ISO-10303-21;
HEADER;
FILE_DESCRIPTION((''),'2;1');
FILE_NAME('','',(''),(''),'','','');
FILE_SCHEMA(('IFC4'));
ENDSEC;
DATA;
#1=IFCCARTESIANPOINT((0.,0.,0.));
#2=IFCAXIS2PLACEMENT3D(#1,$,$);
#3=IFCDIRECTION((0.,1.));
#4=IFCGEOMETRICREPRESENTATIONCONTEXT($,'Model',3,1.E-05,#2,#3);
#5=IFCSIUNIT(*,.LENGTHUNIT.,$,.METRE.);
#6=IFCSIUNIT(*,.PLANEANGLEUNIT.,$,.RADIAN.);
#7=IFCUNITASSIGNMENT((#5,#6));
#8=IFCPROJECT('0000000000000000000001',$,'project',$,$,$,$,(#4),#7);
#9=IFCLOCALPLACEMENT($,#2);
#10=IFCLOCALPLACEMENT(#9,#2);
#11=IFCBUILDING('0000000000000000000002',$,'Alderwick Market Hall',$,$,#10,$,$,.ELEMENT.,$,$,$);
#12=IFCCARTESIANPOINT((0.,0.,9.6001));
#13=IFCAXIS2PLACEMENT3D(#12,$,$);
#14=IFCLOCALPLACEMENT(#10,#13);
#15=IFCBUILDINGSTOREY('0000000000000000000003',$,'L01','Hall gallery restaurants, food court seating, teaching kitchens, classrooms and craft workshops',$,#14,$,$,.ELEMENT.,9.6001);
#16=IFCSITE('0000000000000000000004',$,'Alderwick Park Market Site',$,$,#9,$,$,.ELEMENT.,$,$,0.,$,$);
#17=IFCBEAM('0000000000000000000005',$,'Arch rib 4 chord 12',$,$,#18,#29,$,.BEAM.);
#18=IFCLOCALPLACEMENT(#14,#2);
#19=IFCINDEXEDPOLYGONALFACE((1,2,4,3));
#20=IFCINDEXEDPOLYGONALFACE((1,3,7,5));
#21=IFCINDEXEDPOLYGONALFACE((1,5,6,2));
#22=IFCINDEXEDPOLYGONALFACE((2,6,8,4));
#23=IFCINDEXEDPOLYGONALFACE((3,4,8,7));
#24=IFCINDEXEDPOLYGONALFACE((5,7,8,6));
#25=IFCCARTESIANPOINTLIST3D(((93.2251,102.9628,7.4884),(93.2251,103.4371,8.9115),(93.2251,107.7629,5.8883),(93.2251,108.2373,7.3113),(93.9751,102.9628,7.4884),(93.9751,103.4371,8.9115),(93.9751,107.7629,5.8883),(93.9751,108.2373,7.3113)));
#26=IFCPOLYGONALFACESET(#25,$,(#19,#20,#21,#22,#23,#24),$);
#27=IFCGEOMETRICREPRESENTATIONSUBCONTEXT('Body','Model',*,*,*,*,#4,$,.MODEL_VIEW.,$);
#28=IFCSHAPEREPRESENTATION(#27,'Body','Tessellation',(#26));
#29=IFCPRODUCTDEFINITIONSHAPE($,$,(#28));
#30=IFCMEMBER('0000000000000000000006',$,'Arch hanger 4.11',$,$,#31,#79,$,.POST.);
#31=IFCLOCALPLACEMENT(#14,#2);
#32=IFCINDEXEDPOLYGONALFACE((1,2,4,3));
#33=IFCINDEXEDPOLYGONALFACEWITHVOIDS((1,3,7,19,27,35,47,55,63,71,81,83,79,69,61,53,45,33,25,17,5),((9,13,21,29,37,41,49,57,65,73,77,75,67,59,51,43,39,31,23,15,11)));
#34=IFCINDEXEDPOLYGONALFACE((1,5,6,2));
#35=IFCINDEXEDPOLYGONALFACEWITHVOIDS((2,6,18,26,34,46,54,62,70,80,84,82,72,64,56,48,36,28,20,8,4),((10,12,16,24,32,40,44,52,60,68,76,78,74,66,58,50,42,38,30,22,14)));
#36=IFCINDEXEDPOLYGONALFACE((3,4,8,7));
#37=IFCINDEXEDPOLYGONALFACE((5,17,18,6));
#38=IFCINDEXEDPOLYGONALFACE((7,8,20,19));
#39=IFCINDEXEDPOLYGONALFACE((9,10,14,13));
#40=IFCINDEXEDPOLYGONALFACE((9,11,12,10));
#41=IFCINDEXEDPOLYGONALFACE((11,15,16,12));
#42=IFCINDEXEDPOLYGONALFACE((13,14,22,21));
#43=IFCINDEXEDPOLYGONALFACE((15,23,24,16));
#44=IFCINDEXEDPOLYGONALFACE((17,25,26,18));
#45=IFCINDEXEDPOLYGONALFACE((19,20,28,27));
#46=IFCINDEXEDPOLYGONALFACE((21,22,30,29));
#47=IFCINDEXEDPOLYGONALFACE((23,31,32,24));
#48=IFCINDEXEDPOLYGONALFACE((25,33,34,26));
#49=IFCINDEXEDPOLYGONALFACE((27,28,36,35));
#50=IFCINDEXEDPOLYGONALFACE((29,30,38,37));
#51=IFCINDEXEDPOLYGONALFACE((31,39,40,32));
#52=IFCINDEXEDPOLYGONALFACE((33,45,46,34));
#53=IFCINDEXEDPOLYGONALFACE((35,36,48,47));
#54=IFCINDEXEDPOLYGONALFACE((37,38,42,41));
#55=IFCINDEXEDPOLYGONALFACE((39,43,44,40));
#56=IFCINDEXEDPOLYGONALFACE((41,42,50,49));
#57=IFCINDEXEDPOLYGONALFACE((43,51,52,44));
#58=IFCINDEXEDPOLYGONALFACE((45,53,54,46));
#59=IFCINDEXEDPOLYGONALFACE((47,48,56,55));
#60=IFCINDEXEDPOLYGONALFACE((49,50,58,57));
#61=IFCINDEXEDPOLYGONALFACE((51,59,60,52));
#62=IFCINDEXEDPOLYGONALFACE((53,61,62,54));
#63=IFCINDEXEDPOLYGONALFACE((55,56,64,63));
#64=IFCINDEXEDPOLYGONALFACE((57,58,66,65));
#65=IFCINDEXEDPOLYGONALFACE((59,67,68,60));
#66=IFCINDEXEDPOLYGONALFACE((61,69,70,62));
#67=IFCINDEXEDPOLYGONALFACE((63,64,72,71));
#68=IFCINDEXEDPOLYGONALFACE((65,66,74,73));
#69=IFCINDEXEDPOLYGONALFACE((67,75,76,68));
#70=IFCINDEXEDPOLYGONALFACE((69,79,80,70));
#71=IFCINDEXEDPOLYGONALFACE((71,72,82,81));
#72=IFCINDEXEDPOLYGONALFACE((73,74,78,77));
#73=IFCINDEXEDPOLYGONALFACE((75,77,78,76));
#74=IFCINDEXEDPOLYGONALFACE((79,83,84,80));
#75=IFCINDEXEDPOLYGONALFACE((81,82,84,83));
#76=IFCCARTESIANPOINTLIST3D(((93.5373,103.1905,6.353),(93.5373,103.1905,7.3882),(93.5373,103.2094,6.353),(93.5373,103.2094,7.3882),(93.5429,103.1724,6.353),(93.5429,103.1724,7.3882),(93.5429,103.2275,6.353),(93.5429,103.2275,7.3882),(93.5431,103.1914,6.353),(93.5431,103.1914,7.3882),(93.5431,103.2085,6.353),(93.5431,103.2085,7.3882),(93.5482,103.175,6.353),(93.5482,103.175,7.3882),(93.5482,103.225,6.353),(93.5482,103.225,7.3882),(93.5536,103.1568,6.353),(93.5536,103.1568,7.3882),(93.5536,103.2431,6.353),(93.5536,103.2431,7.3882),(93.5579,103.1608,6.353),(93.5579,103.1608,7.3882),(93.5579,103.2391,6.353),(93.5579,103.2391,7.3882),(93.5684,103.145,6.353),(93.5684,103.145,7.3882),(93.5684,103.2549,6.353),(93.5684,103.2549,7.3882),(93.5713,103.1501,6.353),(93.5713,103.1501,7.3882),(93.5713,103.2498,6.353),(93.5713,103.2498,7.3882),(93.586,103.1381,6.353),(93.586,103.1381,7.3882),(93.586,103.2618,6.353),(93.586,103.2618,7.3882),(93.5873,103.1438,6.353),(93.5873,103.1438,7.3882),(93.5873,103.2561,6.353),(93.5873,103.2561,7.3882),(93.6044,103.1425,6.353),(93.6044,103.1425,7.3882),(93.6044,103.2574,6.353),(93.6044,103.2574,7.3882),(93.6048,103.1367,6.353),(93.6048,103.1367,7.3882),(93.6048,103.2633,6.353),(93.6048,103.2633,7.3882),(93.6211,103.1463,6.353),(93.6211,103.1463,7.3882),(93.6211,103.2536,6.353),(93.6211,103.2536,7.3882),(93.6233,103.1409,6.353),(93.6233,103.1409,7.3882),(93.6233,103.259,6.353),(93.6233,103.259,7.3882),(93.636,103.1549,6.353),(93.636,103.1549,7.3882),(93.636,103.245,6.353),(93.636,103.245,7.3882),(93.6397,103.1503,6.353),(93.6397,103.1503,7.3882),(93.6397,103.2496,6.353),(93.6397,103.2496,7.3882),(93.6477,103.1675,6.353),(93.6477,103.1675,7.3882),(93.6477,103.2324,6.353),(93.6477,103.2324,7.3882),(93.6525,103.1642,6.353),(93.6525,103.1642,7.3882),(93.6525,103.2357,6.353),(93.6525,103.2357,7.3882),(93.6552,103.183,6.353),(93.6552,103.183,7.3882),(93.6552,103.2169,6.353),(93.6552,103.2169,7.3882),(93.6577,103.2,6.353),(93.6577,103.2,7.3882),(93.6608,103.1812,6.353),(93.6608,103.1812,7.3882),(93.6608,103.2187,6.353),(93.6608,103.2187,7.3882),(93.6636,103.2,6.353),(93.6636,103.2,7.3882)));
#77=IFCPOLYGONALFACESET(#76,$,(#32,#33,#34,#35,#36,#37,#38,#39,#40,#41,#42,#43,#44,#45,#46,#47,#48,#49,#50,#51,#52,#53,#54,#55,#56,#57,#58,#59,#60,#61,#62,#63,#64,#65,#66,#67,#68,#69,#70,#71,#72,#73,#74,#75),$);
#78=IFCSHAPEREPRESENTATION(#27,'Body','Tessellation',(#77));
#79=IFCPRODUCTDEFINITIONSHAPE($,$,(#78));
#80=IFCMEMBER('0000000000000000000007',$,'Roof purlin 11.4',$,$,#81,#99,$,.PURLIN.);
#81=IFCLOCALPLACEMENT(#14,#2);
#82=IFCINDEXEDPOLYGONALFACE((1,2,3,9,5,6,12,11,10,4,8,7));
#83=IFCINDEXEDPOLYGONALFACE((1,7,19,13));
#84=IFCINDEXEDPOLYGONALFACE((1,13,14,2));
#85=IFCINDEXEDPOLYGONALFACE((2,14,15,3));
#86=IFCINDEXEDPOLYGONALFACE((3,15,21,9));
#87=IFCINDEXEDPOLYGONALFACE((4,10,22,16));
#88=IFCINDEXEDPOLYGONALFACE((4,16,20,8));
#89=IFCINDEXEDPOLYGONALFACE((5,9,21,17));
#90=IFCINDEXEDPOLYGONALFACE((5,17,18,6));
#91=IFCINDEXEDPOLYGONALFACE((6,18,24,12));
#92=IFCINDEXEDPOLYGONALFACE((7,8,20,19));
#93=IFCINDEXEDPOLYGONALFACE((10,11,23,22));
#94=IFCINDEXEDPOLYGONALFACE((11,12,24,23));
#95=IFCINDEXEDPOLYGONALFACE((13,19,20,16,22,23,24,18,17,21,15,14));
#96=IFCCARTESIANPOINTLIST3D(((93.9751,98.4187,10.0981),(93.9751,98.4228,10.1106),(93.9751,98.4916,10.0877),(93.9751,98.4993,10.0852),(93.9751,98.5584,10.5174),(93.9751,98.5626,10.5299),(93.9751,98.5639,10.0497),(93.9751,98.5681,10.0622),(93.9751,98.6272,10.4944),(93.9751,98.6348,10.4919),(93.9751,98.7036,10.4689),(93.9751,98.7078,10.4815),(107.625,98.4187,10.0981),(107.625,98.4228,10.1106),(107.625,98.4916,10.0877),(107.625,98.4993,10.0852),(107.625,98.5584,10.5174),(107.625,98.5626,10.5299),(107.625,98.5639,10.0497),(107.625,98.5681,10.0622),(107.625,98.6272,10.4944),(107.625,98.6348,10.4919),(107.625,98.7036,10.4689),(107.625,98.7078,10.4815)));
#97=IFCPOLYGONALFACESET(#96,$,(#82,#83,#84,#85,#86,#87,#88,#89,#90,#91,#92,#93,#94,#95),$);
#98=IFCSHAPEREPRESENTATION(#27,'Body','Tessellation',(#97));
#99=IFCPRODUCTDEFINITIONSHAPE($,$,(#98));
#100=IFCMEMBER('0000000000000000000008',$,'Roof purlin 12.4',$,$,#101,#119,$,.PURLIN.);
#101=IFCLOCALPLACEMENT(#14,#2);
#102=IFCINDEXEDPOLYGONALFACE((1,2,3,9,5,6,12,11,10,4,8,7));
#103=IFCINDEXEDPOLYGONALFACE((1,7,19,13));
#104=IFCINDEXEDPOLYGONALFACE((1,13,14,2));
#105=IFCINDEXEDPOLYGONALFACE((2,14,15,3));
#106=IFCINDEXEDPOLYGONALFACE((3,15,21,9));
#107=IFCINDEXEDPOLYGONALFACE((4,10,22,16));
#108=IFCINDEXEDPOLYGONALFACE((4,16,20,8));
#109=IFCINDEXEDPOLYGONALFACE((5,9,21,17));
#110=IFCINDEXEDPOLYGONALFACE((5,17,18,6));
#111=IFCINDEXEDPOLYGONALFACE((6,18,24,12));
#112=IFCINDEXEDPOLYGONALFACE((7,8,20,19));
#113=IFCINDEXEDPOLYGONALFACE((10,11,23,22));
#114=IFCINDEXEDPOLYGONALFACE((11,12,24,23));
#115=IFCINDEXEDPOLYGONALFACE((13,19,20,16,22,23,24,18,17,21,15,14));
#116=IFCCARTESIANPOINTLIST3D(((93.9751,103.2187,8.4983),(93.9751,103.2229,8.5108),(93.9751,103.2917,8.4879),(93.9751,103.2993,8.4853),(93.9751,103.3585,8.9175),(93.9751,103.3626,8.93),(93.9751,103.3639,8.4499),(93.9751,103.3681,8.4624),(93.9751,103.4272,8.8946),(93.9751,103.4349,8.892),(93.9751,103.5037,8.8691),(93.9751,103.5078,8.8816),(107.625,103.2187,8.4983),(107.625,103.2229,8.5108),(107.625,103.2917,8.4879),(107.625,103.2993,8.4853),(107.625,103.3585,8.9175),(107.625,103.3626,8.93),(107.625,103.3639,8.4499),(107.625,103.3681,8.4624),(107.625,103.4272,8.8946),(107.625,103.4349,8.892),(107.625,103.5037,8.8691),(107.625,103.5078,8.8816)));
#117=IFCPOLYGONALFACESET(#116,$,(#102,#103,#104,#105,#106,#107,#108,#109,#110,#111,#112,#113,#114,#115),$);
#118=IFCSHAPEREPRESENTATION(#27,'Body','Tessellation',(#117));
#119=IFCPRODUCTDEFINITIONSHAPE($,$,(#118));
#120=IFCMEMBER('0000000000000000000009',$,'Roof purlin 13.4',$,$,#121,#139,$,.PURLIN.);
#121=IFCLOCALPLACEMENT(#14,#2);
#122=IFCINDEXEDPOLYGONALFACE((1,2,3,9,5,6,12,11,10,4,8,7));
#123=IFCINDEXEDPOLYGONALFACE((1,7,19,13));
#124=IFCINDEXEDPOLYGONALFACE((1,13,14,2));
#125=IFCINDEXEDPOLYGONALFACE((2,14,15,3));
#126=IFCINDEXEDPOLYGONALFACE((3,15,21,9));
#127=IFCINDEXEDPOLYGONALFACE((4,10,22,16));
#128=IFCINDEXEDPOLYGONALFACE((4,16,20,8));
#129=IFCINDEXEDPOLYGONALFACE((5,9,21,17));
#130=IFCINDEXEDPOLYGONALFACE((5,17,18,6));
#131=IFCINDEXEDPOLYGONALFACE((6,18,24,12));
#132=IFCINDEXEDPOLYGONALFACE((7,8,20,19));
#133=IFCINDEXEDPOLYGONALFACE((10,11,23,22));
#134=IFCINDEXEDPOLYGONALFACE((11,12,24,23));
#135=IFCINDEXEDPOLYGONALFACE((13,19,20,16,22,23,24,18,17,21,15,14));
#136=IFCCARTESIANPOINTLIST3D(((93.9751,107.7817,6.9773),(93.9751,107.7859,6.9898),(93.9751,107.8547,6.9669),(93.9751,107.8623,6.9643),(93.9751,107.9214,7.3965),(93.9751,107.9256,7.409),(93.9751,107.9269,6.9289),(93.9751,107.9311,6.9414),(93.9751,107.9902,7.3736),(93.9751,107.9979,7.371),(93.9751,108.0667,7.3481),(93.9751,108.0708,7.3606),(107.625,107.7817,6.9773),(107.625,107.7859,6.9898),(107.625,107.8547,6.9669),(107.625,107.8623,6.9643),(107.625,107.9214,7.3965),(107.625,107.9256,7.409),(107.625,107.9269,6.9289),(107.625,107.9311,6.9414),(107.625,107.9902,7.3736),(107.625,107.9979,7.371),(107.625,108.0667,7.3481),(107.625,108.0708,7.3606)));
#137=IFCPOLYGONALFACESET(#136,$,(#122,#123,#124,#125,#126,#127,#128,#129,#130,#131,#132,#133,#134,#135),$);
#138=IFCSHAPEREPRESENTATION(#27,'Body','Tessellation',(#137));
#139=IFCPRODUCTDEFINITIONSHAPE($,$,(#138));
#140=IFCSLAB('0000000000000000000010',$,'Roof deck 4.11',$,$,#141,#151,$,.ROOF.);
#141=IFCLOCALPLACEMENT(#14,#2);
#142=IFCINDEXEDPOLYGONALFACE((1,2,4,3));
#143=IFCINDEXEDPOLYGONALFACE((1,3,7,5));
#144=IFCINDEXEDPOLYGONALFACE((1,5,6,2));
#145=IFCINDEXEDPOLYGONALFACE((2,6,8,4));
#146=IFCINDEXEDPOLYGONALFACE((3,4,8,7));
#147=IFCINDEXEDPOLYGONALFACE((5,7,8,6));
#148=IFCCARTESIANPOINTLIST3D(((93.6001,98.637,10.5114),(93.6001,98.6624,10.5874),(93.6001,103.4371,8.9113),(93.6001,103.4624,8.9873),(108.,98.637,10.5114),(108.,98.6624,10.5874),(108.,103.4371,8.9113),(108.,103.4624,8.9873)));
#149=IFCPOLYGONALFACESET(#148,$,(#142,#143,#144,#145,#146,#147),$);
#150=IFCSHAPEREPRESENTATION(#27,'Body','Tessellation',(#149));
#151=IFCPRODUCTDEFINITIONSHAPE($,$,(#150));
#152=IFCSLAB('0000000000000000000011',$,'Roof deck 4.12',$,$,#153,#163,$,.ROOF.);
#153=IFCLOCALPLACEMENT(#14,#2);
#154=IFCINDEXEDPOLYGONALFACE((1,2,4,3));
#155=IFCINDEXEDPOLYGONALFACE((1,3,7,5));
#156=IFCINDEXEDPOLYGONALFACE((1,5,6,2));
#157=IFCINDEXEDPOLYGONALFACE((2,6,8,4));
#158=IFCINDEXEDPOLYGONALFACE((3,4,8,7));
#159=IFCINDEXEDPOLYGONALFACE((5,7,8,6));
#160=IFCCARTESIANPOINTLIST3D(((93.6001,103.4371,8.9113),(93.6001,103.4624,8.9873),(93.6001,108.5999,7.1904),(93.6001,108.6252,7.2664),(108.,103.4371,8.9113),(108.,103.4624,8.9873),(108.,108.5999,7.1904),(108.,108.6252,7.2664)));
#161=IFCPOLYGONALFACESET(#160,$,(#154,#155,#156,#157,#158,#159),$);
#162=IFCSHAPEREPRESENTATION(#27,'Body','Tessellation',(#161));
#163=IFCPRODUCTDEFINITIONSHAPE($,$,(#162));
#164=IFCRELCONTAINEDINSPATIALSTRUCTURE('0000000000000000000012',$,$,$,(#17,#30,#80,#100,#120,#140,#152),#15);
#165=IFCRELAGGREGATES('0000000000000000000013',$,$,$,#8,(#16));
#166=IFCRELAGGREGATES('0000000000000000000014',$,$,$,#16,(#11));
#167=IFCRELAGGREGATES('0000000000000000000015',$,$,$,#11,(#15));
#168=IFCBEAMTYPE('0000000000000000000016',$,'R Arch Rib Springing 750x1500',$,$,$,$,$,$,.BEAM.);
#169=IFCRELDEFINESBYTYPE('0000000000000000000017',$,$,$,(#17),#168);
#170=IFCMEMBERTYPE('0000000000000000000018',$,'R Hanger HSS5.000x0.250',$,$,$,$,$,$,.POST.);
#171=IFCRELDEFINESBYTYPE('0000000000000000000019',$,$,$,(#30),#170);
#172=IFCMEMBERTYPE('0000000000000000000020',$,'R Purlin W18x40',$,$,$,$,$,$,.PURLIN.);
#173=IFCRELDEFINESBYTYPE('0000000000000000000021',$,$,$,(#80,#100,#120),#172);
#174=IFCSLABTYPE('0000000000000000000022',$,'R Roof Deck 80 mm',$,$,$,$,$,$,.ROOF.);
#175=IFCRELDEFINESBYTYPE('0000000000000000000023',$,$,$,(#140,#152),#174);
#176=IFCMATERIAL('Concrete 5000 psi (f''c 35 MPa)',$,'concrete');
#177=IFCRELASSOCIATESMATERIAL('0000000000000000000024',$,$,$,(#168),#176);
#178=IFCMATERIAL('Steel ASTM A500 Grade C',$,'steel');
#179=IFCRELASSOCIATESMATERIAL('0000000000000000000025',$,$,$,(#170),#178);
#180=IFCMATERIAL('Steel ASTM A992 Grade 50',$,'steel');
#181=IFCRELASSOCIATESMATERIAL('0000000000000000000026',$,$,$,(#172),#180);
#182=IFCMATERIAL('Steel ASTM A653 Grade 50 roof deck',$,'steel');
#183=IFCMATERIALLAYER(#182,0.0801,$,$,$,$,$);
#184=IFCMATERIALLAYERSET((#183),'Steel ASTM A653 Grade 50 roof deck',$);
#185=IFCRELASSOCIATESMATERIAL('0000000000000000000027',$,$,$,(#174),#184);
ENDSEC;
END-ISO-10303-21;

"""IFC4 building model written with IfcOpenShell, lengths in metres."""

from ifc_helpers import new_model, si_unit, direction, frame, origin, origin_2d, place, context, subcontext, project, spatial, polyline, rectangle, hollow_circle, i_section, outline, extrude, material, layer, layer_set, material_profile, profile_set, type_object, element, save


model = new_model("IFC4")

# Units and contexts
model_context = context("Model", 3, precision=1e-05, world=origin(), true_north=direction((0.0, 1.0)))
body_context = subcontext(model_context, "Body", "Model", "MODEL_VIEW")
ifc_project = project(units=[si_unit("LENGTHUNIT", "METRE"), si_unit("PLANEANGLEUNIT", "RADIAN")], contexts=[model_context])

# Site, building, storey
site_placement = place(None, origin())
site = spatial("IfcSite", under=ifc_project, at=site_placement, Name="Alderwick Park Market Site", CompositionType="ELEMENT", RefElevation=0.0)
building_placement = place(site_placement, origin())
building = spatial("IfcBuilding", under=site, at=building_placement, Name="Alderwick Market Hall", CompositionType="ELEMENT")
storey_placement = place(building_placement, frame((0.0, 0.0, 9.6001)))
storey = spatial("IfcBuildingStorey", under=building, at=storey_placement, Name="L01", Description="Hall gallery restaurants, food court seating, teaching kitchens, classrooms and craft workshops", CompositionType="ELEMENT", Elevation=9.6001)

# Beam
ifc_material_1 = material(Name="Concrete 5000 psi (f'c 35 MPa)", Category="concrete")
ifc_material_profile_1 = material_profile(ifc_material_1, rectangle(XDim=0.75, YDim=1.5, at=origin_2d()), Name="RC 750x1500")
ifc_profile_set_1 = profile_set([ifc_material_profile_1], Name="Concrete 5000 psi (f'c 35 MPa)")
beam_type = type_object("IfcBeamType", Name="R Arch Rib Springing 750x1500", PredefinedType="BEAM", material=ifc_profile_set_1)
beam_placement = place(storey_placement, frame((93.6001, 103.2, 8.2), z_axis=(0.0, 0.948678, -0.316242), x_axis=(-1.0, 0.0, 0.0)))
element("IfcBeam", 1, at=beam_placement, inside=storey, type_object=beam_type, Name="Arch rib 4 chord 12", PredefinedType="BEAM", context=body_context, shape_type="SweptSolid", body=[
    extrude(rectangle(XDim=0.75, YDim=1.5, at=origin_2d()), origin(), (0.0, 0.0, 1.0), 5.0598),
])

# Members
ifc_material_2 = material(Name="Steel ASTM A500 Grade C", Category="steel")
ifc_material_profile_2 = material_profile(ifc_material_2, hollow_circle(Radius=0.0635, WallThickness=0.0059, at=origin_2d()), Name="HSS5.000x0.250")
ifc_profile_set_2 = profile_set([ifc_material_profile_2], Name="Steel ASTM A500 Grade C")
member_type_1 = type_object("IfcMemberType", Name="R Hanger HSS5.000x0.250", PredefinedType="POST", material=ifc_profile_set_2)
member_placement = place(storey_placement, frame((93.6001, 103.2, 6.353), z_axis=(0.0, 0.0, 1.0), x_axis=(1.0, 0.0, 0.0)))
element("IfcMember", 2, at=member_placement, inside=storey, type_object=member_type_1, Name="Arch hanger 4.11", PredefinedType="POST", context=body_context, shape_type="SweptSolid", body=[
    extrude(hollow_circle(Radius=0.0635, WallThickness=0.0059, at=origin_2d()), origin(), (0.0, 0.0, 1.0), 1.0352),
])
ifc_material_3 = material(Name="Steel ASTM A992 Grade 50", Category="steel")
ifc_material_profile_3 = material_profile(ifc_material_3, i_section(OverallWidth=0.1531, OverallDepth=0.4551, WebThickness=0.0081, FlangeThickness=0.0132, at=origin_2d()), Name="W18x40")
ifc_profile_set_3 = profile_set([ifc_material_profile_3], Name="Steel ASTM A992 Grade 50")
member_type_2 = type_object("IfcMemberType", Name="R Purlin W18x40", PredefinedType="PURLIN", material=ifc_profile_set_3)
for number, where, z_axis, x_axis, name in (
    (3, (93.9751, 98.5632, 10.2898), (1.0, 0.0, 0.0), (0.0, 0.948683, -0.316228), "Roof purlin 11.4"),
    (4, (93.9751, 103.3633, 8.6899), (1.0, 0.0, 0.0), (0.0, 0.948683, -0.316228), "Roof purlin 12.4"),
    (5, (93.9751, 107.9263, 7.1689), (1.0, 0.0, 0.0), (0.0, 0.948683, -0.316228), "Roof purlin 13.4"),
):
    element("IfcMember", number, at=place(storey_placement, frame(where, z_axis=z_axis, x_axis=x_axis)), inside=storey, type_object=member_type_2, Name=name, PredefinedType="PURLIN", context=body_context, shape_type="SweptSolid", body=[
        extrude(i_section(OverallWidth=0.1531, OverallDepth=0.4551, WebThickness=0.0081, FlangeThickness=0.0132, at=origin_2d()), origin(), (0.0, 0.0, 1.0), 13.6499),
    ])

# Slabs
ifc_material_4 = material(Name="Steel ASTM A653 Grade 50 roof deck", Category="steel")
ifc_layer_1 = layer(ifc_material_4, 0.0801)
ifc_layer_set_1 = layer_set([ifc_layer_1], Name="Steel ASTM A653 Grade 50 roof deck")
slab_type = type_object("IfcSlabType", Name="R Roof Deck 80 mm", PredefinedType="ROOF", material=ifc_layer_set_1)
slab_1_placement = place(storey_placement, frame((93.6001, 98.6624, 10.5874), z_axis=(0.0, 0.316242, 0.948678), x_axis=(1.0, 0.0, 0.0)))
element("IfcSlab", 6, at=slab_1_placement, inside=storey, type_object=slab_type, Name="Roof deck 4.11", PredefinedType="ROOF", context=body_context, shape_type="SweptSolid", body=[
    extrude(outline(polyline([(0.0, 0.0), (14.3999, 0.0), (14.3999, 5.0597), (0.0, 5.0597), (0.0, 0.0)])), origin(), (0.0, 0.0, -1.0), 0.0801),
])
slab_2_placement = place(storey_placement, frame((93.6001, 103.4624, 8.9873), z_axis=(0.0, 0.316228, 0.948683), x_axis=(1.0, 0.0, 0.0)))
element("IfcSlab", 7, at=slab_2_placement, inside=storey, type_object=slab_type, Name="Roof deck 4.12", PredefinedType="ROOF", context=body_context, shape_type="SweptSolid", body=[
    extrude(outline(polyline([(0.0, 0.0), (14.3999, 0.0), (14.3999, 5.4421), (0.0, 5.4421), (0.0, 0.0)])), origin(), (0.0, 0.0, -1.0), 0.0801),
])

save(model, "model.ifc")
